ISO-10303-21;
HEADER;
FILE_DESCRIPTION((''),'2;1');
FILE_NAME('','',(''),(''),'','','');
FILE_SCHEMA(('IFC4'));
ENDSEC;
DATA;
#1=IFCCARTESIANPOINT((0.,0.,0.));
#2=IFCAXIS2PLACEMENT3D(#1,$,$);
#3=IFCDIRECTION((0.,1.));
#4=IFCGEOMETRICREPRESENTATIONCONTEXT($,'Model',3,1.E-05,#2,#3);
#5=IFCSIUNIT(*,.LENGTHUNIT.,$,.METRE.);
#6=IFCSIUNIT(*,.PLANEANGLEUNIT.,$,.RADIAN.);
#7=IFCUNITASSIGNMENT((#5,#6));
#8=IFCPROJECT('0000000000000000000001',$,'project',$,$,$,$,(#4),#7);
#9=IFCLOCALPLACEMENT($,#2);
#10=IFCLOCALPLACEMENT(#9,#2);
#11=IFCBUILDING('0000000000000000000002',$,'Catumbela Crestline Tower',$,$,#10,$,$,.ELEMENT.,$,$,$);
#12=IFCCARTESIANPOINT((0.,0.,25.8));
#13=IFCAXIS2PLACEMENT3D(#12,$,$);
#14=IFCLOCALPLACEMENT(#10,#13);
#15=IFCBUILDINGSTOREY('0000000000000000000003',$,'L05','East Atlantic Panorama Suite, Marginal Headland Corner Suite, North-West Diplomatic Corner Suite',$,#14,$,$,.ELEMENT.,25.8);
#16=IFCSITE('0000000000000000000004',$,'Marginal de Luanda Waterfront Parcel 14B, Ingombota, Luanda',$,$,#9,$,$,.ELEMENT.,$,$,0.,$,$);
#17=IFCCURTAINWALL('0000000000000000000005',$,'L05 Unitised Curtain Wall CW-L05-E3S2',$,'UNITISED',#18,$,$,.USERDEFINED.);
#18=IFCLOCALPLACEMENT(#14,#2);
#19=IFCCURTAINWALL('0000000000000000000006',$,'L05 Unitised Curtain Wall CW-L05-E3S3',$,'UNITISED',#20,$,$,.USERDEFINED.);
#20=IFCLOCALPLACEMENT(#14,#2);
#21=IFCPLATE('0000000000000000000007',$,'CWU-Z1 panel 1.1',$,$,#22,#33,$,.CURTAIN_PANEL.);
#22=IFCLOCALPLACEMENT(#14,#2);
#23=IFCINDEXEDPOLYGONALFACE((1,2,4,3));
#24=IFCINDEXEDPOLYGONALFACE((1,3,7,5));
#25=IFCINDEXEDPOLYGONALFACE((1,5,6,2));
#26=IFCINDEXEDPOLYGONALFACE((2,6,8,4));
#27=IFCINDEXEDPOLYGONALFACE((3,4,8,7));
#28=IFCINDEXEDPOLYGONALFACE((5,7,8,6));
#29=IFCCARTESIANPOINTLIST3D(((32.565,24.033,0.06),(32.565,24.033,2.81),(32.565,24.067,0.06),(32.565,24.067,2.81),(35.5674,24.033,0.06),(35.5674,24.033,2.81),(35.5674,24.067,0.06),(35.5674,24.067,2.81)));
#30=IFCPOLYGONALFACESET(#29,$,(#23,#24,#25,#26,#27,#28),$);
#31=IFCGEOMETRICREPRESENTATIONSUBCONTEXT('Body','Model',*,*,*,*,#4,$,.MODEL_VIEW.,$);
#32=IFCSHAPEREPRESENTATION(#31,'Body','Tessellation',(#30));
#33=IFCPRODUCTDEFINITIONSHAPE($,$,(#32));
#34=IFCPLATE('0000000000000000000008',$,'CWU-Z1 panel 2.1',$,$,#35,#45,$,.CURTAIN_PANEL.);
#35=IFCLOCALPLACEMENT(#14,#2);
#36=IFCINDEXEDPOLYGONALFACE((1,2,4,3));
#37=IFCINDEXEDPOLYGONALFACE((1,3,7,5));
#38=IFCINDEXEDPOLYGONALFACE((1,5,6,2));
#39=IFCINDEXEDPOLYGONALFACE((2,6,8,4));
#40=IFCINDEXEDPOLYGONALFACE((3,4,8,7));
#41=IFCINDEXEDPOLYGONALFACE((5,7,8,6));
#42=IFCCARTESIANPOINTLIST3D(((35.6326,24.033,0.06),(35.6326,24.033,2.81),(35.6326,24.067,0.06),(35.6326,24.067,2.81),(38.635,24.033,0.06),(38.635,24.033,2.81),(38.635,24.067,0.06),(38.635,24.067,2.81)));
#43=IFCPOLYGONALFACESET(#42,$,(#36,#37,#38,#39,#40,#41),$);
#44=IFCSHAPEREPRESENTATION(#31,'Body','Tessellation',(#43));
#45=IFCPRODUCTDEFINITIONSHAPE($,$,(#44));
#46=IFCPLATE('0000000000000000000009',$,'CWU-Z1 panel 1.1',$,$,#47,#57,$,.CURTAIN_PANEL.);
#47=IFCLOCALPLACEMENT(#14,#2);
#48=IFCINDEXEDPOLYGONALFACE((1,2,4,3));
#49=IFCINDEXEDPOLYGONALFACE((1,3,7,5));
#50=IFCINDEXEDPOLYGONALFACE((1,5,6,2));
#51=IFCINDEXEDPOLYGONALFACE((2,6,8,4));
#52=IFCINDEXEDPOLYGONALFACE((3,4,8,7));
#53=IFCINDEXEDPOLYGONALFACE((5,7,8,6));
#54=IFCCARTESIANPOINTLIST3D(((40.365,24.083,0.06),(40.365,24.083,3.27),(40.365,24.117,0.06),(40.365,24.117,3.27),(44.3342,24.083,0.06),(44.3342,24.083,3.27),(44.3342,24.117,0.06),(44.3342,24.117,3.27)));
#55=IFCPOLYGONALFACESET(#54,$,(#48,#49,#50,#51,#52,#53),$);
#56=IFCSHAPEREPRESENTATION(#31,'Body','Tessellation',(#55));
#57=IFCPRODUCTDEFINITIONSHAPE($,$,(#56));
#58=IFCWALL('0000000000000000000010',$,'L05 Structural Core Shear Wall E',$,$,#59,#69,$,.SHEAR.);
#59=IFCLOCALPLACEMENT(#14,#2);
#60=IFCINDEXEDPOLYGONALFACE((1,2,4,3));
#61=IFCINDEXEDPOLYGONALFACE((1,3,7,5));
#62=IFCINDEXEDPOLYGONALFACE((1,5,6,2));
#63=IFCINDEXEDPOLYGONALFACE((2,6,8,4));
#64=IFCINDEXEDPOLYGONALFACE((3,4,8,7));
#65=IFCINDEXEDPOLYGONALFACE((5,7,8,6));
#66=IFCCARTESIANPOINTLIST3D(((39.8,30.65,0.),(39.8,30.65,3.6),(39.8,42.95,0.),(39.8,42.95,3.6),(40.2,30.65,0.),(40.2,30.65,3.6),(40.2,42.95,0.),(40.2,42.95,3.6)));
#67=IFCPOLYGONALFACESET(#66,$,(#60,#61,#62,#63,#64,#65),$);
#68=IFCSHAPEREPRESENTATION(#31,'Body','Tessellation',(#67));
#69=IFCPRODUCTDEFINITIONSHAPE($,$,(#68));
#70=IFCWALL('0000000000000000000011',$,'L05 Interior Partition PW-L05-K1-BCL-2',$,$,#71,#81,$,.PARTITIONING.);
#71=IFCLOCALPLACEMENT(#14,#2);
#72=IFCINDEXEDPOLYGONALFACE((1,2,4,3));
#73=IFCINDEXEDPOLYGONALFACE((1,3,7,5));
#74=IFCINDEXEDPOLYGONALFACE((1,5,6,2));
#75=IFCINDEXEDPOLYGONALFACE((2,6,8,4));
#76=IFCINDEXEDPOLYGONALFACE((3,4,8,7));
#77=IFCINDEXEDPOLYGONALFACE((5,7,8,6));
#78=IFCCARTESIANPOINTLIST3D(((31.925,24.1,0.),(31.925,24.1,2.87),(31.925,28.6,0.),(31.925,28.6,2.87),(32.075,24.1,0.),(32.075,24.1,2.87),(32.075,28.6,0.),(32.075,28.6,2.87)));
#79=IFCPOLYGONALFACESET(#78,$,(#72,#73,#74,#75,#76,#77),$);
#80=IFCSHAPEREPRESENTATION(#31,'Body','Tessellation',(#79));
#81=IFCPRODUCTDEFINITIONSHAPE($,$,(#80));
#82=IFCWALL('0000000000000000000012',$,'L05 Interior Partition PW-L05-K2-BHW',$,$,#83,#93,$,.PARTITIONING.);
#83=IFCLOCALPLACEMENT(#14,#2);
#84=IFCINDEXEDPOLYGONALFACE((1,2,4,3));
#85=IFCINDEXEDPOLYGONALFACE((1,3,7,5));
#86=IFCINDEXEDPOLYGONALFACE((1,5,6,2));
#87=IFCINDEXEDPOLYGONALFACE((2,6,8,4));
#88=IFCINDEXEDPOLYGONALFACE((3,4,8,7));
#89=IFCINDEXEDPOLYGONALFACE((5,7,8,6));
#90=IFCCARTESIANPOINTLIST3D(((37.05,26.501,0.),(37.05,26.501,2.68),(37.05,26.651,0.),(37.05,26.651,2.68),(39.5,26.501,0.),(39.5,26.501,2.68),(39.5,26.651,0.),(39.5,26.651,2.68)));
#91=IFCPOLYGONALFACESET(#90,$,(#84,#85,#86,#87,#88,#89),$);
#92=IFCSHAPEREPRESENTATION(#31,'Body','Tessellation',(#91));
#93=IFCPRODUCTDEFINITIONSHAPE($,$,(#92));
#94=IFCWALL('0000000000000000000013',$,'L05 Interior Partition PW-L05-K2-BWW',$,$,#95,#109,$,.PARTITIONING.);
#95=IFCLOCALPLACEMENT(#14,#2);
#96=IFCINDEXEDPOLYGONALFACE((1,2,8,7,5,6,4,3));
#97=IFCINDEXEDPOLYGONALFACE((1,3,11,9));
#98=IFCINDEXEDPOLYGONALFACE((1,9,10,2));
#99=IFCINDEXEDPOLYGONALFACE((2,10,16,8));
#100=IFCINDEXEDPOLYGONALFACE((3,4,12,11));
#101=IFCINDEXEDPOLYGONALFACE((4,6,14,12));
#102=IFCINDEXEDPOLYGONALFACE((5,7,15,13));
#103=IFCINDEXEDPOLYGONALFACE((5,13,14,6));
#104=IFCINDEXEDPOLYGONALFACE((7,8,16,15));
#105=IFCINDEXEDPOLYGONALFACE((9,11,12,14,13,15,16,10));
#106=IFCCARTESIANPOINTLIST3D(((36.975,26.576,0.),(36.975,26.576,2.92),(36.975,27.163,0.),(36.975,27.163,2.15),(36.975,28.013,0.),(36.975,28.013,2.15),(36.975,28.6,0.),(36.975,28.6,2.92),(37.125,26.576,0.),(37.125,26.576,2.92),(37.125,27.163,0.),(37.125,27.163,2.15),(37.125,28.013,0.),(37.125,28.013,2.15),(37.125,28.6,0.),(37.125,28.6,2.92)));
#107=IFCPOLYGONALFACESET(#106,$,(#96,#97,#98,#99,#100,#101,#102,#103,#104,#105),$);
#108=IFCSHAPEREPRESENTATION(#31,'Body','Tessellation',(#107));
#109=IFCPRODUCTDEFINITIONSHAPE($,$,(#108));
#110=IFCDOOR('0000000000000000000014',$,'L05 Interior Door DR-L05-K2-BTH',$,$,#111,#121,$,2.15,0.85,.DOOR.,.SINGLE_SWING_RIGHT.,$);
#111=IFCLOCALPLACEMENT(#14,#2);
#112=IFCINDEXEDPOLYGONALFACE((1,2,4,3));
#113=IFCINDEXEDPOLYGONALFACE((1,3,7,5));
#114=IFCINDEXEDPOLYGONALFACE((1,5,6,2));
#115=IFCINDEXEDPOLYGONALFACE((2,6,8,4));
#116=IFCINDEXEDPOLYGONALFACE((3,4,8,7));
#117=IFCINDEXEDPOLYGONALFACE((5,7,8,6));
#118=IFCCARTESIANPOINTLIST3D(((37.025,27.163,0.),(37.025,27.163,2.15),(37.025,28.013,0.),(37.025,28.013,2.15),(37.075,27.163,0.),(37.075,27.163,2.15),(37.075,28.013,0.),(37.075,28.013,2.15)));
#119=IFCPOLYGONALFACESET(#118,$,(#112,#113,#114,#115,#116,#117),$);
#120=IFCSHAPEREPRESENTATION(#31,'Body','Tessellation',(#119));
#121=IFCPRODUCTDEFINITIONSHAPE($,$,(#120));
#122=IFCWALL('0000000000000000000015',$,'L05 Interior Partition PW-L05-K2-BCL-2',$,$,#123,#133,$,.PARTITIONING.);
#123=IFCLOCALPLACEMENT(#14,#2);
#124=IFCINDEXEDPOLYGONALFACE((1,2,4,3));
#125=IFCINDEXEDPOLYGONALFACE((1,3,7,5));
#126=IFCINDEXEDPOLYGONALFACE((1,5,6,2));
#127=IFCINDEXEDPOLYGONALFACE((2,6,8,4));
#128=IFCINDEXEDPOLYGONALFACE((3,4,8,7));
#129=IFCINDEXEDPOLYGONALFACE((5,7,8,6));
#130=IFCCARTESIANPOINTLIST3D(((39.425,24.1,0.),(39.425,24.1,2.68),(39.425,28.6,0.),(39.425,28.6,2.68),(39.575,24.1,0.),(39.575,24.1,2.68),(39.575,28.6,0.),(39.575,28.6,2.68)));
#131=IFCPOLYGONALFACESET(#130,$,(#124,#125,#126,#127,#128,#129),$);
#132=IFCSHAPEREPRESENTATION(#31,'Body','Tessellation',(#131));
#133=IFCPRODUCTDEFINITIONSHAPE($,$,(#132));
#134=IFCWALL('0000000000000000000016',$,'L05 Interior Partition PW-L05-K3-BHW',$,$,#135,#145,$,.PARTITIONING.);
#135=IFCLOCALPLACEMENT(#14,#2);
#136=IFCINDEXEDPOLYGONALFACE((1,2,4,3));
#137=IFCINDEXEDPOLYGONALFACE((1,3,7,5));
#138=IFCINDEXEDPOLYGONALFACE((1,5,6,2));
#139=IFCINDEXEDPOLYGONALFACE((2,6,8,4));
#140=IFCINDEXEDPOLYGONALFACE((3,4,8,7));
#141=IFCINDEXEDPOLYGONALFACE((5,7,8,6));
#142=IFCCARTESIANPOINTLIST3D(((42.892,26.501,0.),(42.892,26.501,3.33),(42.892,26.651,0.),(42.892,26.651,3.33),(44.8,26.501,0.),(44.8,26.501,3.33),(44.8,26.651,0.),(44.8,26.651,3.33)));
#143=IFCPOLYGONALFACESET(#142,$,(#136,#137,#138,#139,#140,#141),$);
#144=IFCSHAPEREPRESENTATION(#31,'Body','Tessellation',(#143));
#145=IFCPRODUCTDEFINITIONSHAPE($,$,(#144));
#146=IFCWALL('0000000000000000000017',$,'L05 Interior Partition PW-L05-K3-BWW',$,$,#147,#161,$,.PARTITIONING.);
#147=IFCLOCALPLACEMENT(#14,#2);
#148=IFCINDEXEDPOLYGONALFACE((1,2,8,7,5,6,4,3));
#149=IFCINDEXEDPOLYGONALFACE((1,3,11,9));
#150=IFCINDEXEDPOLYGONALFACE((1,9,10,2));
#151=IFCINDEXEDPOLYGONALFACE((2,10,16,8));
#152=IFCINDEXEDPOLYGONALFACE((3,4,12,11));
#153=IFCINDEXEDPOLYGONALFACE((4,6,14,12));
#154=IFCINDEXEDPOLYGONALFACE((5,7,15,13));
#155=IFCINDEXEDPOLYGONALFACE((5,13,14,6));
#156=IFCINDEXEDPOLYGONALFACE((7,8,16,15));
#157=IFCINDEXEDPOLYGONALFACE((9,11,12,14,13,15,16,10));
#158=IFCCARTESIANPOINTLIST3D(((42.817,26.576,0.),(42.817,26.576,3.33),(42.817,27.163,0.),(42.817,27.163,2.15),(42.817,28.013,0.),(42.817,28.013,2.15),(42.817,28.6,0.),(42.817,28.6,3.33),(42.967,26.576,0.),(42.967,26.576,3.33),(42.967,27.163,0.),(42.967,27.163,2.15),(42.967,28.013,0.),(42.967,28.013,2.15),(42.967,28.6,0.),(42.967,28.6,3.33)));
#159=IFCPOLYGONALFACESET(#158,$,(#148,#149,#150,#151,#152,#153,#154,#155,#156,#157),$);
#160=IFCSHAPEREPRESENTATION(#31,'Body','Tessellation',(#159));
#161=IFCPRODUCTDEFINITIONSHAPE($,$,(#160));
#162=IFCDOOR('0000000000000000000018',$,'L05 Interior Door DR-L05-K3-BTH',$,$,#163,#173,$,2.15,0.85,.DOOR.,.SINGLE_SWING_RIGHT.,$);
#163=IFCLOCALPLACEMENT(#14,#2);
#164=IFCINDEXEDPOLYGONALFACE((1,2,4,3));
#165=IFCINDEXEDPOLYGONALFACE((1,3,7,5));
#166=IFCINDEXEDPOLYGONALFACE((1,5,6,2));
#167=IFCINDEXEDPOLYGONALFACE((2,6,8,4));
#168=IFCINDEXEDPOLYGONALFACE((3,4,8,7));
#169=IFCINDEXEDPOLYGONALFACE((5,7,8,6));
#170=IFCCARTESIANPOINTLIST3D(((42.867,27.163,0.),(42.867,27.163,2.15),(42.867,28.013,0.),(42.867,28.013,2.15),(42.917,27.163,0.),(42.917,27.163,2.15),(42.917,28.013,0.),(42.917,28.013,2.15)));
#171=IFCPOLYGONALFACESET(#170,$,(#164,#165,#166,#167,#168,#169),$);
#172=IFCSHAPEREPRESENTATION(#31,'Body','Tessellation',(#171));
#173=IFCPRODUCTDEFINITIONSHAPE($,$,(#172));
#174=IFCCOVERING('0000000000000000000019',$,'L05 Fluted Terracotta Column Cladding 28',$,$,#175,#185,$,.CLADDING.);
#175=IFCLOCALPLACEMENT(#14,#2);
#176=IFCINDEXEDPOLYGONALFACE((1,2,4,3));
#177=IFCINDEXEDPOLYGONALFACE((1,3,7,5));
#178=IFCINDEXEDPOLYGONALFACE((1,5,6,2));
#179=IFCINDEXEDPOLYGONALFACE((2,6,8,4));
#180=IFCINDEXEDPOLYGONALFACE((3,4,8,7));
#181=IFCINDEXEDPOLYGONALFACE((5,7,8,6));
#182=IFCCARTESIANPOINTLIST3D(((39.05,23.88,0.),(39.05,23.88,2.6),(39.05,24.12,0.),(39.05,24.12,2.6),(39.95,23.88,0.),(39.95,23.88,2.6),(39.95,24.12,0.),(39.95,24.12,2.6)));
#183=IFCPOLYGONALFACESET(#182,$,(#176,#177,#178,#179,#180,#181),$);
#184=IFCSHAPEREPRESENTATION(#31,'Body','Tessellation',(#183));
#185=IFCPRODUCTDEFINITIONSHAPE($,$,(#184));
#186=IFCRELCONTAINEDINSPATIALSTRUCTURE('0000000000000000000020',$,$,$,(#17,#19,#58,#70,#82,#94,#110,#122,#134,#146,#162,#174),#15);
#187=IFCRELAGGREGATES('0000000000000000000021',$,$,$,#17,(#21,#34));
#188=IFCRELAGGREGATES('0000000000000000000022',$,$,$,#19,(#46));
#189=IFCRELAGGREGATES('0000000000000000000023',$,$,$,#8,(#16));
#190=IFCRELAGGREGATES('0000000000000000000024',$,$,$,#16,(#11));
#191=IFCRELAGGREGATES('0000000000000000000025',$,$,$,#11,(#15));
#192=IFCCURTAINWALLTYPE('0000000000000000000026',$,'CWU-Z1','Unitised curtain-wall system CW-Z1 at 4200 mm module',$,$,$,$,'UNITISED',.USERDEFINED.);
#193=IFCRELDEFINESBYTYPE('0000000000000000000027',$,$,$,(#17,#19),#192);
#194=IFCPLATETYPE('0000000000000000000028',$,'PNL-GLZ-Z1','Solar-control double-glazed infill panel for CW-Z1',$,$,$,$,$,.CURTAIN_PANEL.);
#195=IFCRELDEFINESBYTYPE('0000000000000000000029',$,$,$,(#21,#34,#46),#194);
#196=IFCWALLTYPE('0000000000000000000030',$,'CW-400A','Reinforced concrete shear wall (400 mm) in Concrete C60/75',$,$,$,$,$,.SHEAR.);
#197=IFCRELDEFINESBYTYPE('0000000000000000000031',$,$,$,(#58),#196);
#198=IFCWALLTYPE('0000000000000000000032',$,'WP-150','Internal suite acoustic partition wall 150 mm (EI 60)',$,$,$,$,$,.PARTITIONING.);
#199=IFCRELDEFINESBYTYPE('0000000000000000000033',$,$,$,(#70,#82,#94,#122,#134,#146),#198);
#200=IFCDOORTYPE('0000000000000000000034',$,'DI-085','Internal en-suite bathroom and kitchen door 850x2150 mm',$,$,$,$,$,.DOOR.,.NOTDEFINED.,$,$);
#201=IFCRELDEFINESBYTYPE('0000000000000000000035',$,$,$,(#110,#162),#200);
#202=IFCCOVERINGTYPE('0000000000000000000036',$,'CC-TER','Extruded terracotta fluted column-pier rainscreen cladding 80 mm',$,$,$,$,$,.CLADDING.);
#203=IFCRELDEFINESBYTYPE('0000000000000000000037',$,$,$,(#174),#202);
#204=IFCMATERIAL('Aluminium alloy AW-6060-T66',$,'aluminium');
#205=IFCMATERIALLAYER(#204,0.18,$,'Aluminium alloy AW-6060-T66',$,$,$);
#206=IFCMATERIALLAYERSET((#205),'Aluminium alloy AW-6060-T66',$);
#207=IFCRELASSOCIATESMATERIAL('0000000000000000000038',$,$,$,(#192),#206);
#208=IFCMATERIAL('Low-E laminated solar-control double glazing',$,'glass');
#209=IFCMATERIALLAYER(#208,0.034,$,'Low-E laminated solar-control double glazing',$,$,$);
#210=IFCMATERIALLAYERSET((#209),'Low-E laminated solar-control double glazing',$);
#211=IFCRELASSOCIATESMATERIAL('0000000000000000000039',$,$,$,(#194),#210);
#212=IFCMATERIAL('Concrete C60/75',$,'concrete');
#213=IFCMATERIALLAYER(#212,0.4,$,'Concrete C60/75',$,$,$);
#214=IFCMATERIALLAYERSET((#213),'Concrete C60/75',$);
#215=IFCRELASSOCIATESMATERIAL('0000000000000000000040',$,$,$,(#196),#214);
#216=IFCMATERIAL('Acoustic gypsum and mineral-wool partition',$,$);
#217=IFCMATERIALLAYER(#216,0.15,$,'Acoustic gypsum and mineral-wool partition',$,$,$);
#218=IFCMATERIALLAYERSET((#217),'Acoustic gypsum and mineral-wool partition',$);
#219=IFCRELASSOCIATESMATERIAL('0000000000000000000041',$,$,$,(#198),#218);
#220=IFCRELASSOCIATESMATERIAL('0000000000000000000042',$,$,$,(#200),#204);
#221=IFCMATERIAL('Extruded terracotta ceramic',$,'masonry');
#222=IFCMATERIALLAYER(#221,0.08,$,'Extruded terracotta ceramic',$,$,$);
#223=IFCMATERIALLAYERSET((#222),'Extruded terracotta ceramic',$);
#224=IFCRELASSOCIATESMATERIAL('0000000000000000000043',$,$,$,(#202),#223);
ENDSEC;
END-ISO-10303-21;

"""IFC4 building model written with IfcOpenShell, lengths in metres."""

from ifc_helpers import new_model, si_unit, direction, frame, frame_2d, origin, origin_2d, place, context, subcontext, project, spatial, rectangle, extrude, material, layer, layer_set, type_object, element, fill, aggregate, save


model = new_model("IFC4")

# Units and contexts
model_context = context("Model", 3, precision=1e-05, world=origin(), true_north=direction((0.0, 1.0)))
body_context = subcontext(model_context, "Body", "Model", "MODEL_VIEW")
ifc_project = project(units=[si_unit("LENGTHUNIT", "METRE"), si_unit("PLANEANGLEUNIT", "RADIAN")], contexts=[model_context])

# Site, building, storey
site_placement = place(None, origin())
site = spatial("IfcSite", under=ifc_project, at=site_placement, Name="Marginal de Luanda Waterfront Parcel 14B, Ingombota, Luanda", CompositionType="ELEMENT", RefElevation=0.0)
building_placement = place(site_placement, origin())
building = spatial("IfcBuilding", under=site, at=building_placement, Name="Catumbela Crestline Tower", CompositionType="ELEMENT")
storey_placement = place(building_placement, frame((0.0, 0.0, 25.8)))
storey = spatial("IfcBuildingStorey", under=building, at=storey_placement, Name="L05", Description="East Atlantic Panorama Suite, Marginal Headland Corner Suite, North-West Diplomatic Corner Suite", CompositionType="ELEMENT", Elevation=25.8)

# Shared definitions
ifc_material_1 = material(Name="Concrete C60/75", Category="concrete")

# Curtain wall
ifc_material_2 = material(Name="Aluminium alloy AW-6060-T66", Category="aluminium")
ifc_layer_1 = layer(ifc_material_2, 0.18, Name="Aluminium alloy AW-6060-T66")
ifc_layer_set_1 = layer_set([ifc_layer_1], Name="Aluminium alloy AW-6060-T66")
curtain_wall_type = type_object("IfcCurtainWallType", Name="CWU-Z1", Description="Unitised curtain-wall system CW-Z1 at 4200 mm module", ElementType="UNITISED", PredefinedType="USERDEFINED", material=ifc_layer_set_1)
curtain_wall_1_placement = place(storey_placement, origin())
curtain_wall_1 = element("IfcCurtainWall", 1, at=curtain_wall_1_placement, inside=storey, type_object=curtain_wall_type, Name="L05 Unitised Curtain Wall CW-L05-E3S2", ObjectType="UNITISED", PredefinedType="USERDEFINED")

# Curtain wall
curtain_wall_2_placement = place(storey_placement, origin())
curtain_wall_2 = element("IfcCurtainWall", 2, at=curtain_wall_2_placement, inside=storey, type_object=curtain_wall_type, Name="L05 Unitised Curtain Wall CW-L05-E3S3", ObjectType="UNITISED", PredefinedType="USERDEFINED")

# Plates
ifc_material_3 = material(Name="Low-E laminated solar-control double glazing", Category="glass")
ifc_layer_2 = layer(ifc_material_3, 0.034, Name="Low-E laminated solar-control double glazing")
ifc_layer_set_2 = layer_set([ifc_layer_2], Name="Low-E laminated solar-control double glazing")
plate_type = type_object("IfcPlateType", Name="PNL-GLZ-Z1", Description="Solar-control double-glazed infill panel for CW-Z1", PredefinedType="CURTAIN_PANEL", material=ifc_layer_set_2)
plate_1_placement = place(storey_placement, frame((34.0662, 24.05, 0.06), z_axis=(0.0, 0.0, 1.0), x_axis=(1.0, 0.0, 0.0)))
plate_1 = element("IfcPlate", 3, at=plate_1_placement, type_object=plate_type, Name="CWU-Z1 panel 1.1", PredefinedType="CURTAIN_PANEL", context=body_context, shape_type="SweptSolid", body=[
    extrude(rectangle(XDim=3.0025, YDim=0.034, at=origin_2d()), origin(), (0.0, 0.0, 1.0), 2.75),
])
plate_2_placement = place(storey_placement, frame((37.1338, 24.05, 0.06), z_axis=(0.0, 0.0, 1.0), x_axis=(1.0, 0.0, 0.0)))
plate_2 = element("IfcPlate", 4, at=plate_2_placement, type_object=plate_type, Name="CWU-Z1 panel 2.1", PredefinedType="CURTAIN_PANEL", context=body_context, shape_type="SweptSolid", body=[
    extrude(rectangle(XDim=3.0025, YDim=0.034, at=origin_2d()), origin(), (0.0, 0.0, 1.0), 2.75),
])
aggregate(curtain_wall_1, [plate_1, plate_2])
plate_3_placement = place(storey_placement, frame((42.3496, 24.1, 0.06), z_axis=(0.0, 0.0, 1.0), x_axis=(1.0, 0.0, 0.0)))
plate_3 = element("IfcPlate", 5, at=plate_3_placement, type_object=plate_type, Name="CWU-Z1 panel 1.1", PredefinedType="CURTAIN_PANEL", context=body_context, shape_type="SweptSolid", body=[
    extrude(rectangle(XDim=3.9692, YDim=0.034, at=origin_2d()), origin(), (0.0, 0.0, 1.0), 3.21),
])
aggregate(curtain_wall_2, [plate_3])

# Walls
ifc_layer_3 = layer(ifc_material_1, 0.4, Name="Concrete C60/75")
ifc_layer_set_3 = layer_set([ifc_layer_3], Name="Concrete C60/75")
wall_type_1 = type_object("IfcWallType", Name="CW-400A", Description="Reinforced concrete shear wall (400 mm) in Concrete C60/75", PredefinedType="SHEAR", material=ifc_layer_set_3)
wall_1_placement = place(storey_placement, frame((40.0, 30.65, 0.0), z_axis=(0.0, 0.0, 1.0), x_axis=(0.0, 1.0, 0.0)))
element("IfcWall", 6, at=wall_1_placement, inside=storey, type_object=wall_type_1, Name="L05 Structural Core Shear Wall E", PredefinedType="SHEAR", context=body_context, shape_type="SweptSolid", body=[
    extrude(rectangle(XDim=12.3, YDim=0.4, at=frame_2d((6.15, 0.0))), origin(), (0.0, 0.0, 1.0), 3.6),
])
ifc_material_4 = material(Name="Acoustic gypsum and mineral-wool partition")
ifc_layer_4 = layer(ifc_material_4, 0.15, Name="Acoustic gypsum and mineral-wool partition")
ifc_layer_set_4 = layer_set([ifc_layer_4], Name="Acoustic gypsum and mineral-wool partition")
wall_type_2 = type_object("IfcWallType", Name="WP-150", Description="Internal suite acoustic partition wall 150 mm (EI 60)", PredefinedType="PARTITIONING", material=ifc_layer_set_4)
wall_2_placement = place(storey_placement, frame((32.0, 28.6, 0.0), z_axis=(0.0, 0.0, 1.0), x_axis=(0.0, -1.0, 0.0)))
element("IfcWall", 7, at=wall_2_placement, inside=storey, type_object=wall_type_2, Name="L05 Interior Partition PW-L05-K1-BCL-2", PredefinedType="PARTITIONING", context=body_context, shape_type="SweptSolid", body=[
    extrude(rectangle(XDim=4.5, YDim=0.15, at=frame_2d((2.25, 0.0))), origin(), (0.0, 0.0, 1.0), 2.87),
])
wall_3_placement = place(storey_placement, frame((37.05, 26.576, 0.0), z_axis=(0.0, 0.0, 1.0), x_axis=(1.0, 0.0, 0.0)))
element("IfcWall", 8, at=wall_3_placement, inside=storey, type_object=wall_type_2, Name="L05 Interior Partition PW-L05-K2-BHW", PredefinedType="PARTITIONING", context=body_context, shape_type="SweptSolid", body=[
    extrude(rectangle(XDim=2.45, YDim=0.15, at=frame_2d((1.225, 0.0))), origin(), (0.0, 0.0, 1.0), 2.68),
])

# Wall, opening, door
wall_4_placement = place(storey_placement, frame((37.05, 26.576, 0.0), z_axis=(0.0, 0.0, 1.0), x_axis=(0.0, 1.0, 0.0)))
wall_4 = element("IfcWall", 9, at=wall_4_placement, inside=storey, type_object=wall_type_2, Name="L05 Interior Partition PW-L05-K2-BWW", PredefinedType="PARTITIONING", context=body_context, shape_type="SweptSolid", body=[
    extrude(rectangle(XDim=2.024, YDim=0.15, at=frame_2d((1.012, 0.0))), origin(), (0.0, 0.0, 1.0), 2.92),
])
opening_1_placement = place(wall_4_placement, frame((0.587, 0.0, 0.0)))
opening_1 = element("IfcOpeningElement", 10, at=opening_1_placement, cuts=wall_4, PredefinedType="OPENING", context=body_context, shape_type="SweptSolid", body=[
    extrude(rectangle(XDim=0.85, YDim=2.15, at=frame_2d((0.425, 1.075))), frame((0.0, 0.085, 0.0), z_axis=(0.0, -1.0, 0.0), x_axis=(1.0, 0.0, 0.0)), (0.0, 0.0, 1.0), 0.17),
])
door_type = type_object("IfcDoorType", Name="DI-085", Description="Internal en-suite bathroom and kitchen door 850x2150 mm", OperationType="NOTDEFINED", PredefinedType="DOOR", material=ifc_material_2)
door_1_placement = place(opening_1_placement, origin())
door_1 = element("IfcDoor", 11, at=door_1_placement, inside=storey, type_object=door_type, Name="L05 Interior Door DR-L05-K2-BTH", OperationType="SINGLE_SWING_RIGHT", OverallHeight=2.15, OverallWidth=0.85, PredefinedType="DOOR", context=body_context, shape_type="SweptSolid", body=[
    extrude(rectangle(XDim=0.85, YDim=2.15, at=frame_2d((0.425, 1.075))), frame((0.0, 0.025, 0.0), z_axis=(0.0, -1.0, 0.0), x_axis=(1.0, 0.0, 0.0)), (0.0, 0.0, 1.0), 0.05),
])
fill(opening_1, door_1)

# Walls
wall_5_placement = place(storey_placement, frame((39.5, 28.6, 0.0), z_axis=(0.0, 0.0, 1.0), x_axis=(0.0, -1.0, 0.0)))
element("IfcWall", 12, at=wall_5_placement, inside=storey, type_object=wall_type_2, Name="L05 Interior Partition PW-L05-K2-BCL-2", PredefinedType="PARTITIONING", context=body_context, shape_type="SweptSolid", body=[
    extrude(rectangle(XDim=4.5, YDim=0.15, at=frame_2d((2.25, 0.0))), origin(), (0.0, 0.0, 1.0), 2.68),
])
wall_6_placement = place(storey_placement, frame((42.892, 26.576, 0.0), z_axis=(0.0, 0.0, 1.0), x_axis=(1.0, 0.0, 0.0)))
element("IfcWall", 13, at=wall_6_placement, inside=storey, type_object=wall_type_2, Name="L05 Interior Partition PW-L05-K3-BHW", PredefinedType="PARTITIONING", context=body_context, shape_type="SweptSolid", body=[
    extrude(rectangle(XDim=1.908, YDim=0.15, at=frame_2d((0.954, 0.0))), origin(), (0.0, 0.0, 1.0), 3.33),
])

# Wall, opening, door
wall_7_placement = place(storey_placement, frame((42.892, 26.576, 0.0), z_axis=(0.0, 0.0, 1.0), x_axis=(0.0, 1.0, 0.0)))
wall_7 = element("IfcWall", 14, at=wall_7_placement, inside=storey, type_object=wall_type_2, Name="L05 Interior Partition PW-L05-K3-BWW", PredefinedType="PARTITIONING", context=body_context, shape_type="SweptSolid", body=[
    extrude(rectangle(XDim=2.024, YDim=0.15, at=frame_2d((1.012, 0.0))), origin(), (0.0, 0.0, 1.0), 3.33),
])
opening_2_placement = place(wall_7_placement, frame((0.587, 0.0, 0.0)))
opening_2 = element("IfcOpeningElement", 15, at=opening_2_placement, cuts=wall_7, PredefinedType="OPENING", context=body_context, shape_type="SweptSolid", body=[
    extrude(rectangle(XDim=0.85, YDim=2.15, at=frame_2d((0.425, 1.075))), frame((0.0, 0.085, 0.0), z_axis=(0.0, -1.0, 0.0), x_axis=(1.0, 0.0, 0.0)), (0.0, 0.0, 1.0), 0.17),
])
door_2_placement = place(opening_2_placement, origin())
door_2 = element("IfcDoor", 16, at=door_2_placement, inside=storey, type_object=door_type, Name="L05 Interior Door DR-L05-K3-BTH", OperationType="SINGLE_SWING_RIGHT", OverallHeight=2.15, OverallWidth=0.85, PredefinedType="DOOR", context=body_context, shape_type="SweptSolid", body=[
    extrude(rectangle(XDim=0.85, YDim=2.15, at=frame_2d((0.425, 1.075))), frame((0.0, 0.025, 0.0), z_axis=(0.0, -1.0, 0.0), x_axis=(1.0, 0.0, 0.0)), (0.0, 0.0, 1.0), 0.05),
])
fill(opening_2, door_2)

# Covering
ifc_material_5 = material(Name="Extruded terracotta ceramic", Category="masonry")
ifc_layer_5 = layer(ifc_material_5, 0.08, Name="Extruded terracotta ceramic")
ifc_layer_set_5 = layer_set([ifc_layer_5], Name="Extruded terracotta ceramic")
covering_type = type_object("IfcCoveringType", Name="CC-TER", Description="Extruded terracotta fluted column-pier rainscreen cladding 80 mm", PredefinedType="CLADDING", material=ifc_layer_set_5)
covering_placement = place(storey_placement, frame((39.5, 24.0, 0.0), z_axis=(0.0, 0.0, 1.0), x_axis=(1.0, 0.0, 0.0)))
element("IfcCovering", 17, at=covering_placement, inside=storey, type_object=covering_type, Name="L05 Fluted Terracotta Column Cladding 28", PredefinedType="CLADDING", context=body_context, shape_type="SweptSolid", body=[
    extrude(rectangle(XDim=0.9, YDim=0.24, at=origin_2d()), origin(), (0.0, 0.0, 1.0), 2.6),
])

save(model, "model.ifc")
